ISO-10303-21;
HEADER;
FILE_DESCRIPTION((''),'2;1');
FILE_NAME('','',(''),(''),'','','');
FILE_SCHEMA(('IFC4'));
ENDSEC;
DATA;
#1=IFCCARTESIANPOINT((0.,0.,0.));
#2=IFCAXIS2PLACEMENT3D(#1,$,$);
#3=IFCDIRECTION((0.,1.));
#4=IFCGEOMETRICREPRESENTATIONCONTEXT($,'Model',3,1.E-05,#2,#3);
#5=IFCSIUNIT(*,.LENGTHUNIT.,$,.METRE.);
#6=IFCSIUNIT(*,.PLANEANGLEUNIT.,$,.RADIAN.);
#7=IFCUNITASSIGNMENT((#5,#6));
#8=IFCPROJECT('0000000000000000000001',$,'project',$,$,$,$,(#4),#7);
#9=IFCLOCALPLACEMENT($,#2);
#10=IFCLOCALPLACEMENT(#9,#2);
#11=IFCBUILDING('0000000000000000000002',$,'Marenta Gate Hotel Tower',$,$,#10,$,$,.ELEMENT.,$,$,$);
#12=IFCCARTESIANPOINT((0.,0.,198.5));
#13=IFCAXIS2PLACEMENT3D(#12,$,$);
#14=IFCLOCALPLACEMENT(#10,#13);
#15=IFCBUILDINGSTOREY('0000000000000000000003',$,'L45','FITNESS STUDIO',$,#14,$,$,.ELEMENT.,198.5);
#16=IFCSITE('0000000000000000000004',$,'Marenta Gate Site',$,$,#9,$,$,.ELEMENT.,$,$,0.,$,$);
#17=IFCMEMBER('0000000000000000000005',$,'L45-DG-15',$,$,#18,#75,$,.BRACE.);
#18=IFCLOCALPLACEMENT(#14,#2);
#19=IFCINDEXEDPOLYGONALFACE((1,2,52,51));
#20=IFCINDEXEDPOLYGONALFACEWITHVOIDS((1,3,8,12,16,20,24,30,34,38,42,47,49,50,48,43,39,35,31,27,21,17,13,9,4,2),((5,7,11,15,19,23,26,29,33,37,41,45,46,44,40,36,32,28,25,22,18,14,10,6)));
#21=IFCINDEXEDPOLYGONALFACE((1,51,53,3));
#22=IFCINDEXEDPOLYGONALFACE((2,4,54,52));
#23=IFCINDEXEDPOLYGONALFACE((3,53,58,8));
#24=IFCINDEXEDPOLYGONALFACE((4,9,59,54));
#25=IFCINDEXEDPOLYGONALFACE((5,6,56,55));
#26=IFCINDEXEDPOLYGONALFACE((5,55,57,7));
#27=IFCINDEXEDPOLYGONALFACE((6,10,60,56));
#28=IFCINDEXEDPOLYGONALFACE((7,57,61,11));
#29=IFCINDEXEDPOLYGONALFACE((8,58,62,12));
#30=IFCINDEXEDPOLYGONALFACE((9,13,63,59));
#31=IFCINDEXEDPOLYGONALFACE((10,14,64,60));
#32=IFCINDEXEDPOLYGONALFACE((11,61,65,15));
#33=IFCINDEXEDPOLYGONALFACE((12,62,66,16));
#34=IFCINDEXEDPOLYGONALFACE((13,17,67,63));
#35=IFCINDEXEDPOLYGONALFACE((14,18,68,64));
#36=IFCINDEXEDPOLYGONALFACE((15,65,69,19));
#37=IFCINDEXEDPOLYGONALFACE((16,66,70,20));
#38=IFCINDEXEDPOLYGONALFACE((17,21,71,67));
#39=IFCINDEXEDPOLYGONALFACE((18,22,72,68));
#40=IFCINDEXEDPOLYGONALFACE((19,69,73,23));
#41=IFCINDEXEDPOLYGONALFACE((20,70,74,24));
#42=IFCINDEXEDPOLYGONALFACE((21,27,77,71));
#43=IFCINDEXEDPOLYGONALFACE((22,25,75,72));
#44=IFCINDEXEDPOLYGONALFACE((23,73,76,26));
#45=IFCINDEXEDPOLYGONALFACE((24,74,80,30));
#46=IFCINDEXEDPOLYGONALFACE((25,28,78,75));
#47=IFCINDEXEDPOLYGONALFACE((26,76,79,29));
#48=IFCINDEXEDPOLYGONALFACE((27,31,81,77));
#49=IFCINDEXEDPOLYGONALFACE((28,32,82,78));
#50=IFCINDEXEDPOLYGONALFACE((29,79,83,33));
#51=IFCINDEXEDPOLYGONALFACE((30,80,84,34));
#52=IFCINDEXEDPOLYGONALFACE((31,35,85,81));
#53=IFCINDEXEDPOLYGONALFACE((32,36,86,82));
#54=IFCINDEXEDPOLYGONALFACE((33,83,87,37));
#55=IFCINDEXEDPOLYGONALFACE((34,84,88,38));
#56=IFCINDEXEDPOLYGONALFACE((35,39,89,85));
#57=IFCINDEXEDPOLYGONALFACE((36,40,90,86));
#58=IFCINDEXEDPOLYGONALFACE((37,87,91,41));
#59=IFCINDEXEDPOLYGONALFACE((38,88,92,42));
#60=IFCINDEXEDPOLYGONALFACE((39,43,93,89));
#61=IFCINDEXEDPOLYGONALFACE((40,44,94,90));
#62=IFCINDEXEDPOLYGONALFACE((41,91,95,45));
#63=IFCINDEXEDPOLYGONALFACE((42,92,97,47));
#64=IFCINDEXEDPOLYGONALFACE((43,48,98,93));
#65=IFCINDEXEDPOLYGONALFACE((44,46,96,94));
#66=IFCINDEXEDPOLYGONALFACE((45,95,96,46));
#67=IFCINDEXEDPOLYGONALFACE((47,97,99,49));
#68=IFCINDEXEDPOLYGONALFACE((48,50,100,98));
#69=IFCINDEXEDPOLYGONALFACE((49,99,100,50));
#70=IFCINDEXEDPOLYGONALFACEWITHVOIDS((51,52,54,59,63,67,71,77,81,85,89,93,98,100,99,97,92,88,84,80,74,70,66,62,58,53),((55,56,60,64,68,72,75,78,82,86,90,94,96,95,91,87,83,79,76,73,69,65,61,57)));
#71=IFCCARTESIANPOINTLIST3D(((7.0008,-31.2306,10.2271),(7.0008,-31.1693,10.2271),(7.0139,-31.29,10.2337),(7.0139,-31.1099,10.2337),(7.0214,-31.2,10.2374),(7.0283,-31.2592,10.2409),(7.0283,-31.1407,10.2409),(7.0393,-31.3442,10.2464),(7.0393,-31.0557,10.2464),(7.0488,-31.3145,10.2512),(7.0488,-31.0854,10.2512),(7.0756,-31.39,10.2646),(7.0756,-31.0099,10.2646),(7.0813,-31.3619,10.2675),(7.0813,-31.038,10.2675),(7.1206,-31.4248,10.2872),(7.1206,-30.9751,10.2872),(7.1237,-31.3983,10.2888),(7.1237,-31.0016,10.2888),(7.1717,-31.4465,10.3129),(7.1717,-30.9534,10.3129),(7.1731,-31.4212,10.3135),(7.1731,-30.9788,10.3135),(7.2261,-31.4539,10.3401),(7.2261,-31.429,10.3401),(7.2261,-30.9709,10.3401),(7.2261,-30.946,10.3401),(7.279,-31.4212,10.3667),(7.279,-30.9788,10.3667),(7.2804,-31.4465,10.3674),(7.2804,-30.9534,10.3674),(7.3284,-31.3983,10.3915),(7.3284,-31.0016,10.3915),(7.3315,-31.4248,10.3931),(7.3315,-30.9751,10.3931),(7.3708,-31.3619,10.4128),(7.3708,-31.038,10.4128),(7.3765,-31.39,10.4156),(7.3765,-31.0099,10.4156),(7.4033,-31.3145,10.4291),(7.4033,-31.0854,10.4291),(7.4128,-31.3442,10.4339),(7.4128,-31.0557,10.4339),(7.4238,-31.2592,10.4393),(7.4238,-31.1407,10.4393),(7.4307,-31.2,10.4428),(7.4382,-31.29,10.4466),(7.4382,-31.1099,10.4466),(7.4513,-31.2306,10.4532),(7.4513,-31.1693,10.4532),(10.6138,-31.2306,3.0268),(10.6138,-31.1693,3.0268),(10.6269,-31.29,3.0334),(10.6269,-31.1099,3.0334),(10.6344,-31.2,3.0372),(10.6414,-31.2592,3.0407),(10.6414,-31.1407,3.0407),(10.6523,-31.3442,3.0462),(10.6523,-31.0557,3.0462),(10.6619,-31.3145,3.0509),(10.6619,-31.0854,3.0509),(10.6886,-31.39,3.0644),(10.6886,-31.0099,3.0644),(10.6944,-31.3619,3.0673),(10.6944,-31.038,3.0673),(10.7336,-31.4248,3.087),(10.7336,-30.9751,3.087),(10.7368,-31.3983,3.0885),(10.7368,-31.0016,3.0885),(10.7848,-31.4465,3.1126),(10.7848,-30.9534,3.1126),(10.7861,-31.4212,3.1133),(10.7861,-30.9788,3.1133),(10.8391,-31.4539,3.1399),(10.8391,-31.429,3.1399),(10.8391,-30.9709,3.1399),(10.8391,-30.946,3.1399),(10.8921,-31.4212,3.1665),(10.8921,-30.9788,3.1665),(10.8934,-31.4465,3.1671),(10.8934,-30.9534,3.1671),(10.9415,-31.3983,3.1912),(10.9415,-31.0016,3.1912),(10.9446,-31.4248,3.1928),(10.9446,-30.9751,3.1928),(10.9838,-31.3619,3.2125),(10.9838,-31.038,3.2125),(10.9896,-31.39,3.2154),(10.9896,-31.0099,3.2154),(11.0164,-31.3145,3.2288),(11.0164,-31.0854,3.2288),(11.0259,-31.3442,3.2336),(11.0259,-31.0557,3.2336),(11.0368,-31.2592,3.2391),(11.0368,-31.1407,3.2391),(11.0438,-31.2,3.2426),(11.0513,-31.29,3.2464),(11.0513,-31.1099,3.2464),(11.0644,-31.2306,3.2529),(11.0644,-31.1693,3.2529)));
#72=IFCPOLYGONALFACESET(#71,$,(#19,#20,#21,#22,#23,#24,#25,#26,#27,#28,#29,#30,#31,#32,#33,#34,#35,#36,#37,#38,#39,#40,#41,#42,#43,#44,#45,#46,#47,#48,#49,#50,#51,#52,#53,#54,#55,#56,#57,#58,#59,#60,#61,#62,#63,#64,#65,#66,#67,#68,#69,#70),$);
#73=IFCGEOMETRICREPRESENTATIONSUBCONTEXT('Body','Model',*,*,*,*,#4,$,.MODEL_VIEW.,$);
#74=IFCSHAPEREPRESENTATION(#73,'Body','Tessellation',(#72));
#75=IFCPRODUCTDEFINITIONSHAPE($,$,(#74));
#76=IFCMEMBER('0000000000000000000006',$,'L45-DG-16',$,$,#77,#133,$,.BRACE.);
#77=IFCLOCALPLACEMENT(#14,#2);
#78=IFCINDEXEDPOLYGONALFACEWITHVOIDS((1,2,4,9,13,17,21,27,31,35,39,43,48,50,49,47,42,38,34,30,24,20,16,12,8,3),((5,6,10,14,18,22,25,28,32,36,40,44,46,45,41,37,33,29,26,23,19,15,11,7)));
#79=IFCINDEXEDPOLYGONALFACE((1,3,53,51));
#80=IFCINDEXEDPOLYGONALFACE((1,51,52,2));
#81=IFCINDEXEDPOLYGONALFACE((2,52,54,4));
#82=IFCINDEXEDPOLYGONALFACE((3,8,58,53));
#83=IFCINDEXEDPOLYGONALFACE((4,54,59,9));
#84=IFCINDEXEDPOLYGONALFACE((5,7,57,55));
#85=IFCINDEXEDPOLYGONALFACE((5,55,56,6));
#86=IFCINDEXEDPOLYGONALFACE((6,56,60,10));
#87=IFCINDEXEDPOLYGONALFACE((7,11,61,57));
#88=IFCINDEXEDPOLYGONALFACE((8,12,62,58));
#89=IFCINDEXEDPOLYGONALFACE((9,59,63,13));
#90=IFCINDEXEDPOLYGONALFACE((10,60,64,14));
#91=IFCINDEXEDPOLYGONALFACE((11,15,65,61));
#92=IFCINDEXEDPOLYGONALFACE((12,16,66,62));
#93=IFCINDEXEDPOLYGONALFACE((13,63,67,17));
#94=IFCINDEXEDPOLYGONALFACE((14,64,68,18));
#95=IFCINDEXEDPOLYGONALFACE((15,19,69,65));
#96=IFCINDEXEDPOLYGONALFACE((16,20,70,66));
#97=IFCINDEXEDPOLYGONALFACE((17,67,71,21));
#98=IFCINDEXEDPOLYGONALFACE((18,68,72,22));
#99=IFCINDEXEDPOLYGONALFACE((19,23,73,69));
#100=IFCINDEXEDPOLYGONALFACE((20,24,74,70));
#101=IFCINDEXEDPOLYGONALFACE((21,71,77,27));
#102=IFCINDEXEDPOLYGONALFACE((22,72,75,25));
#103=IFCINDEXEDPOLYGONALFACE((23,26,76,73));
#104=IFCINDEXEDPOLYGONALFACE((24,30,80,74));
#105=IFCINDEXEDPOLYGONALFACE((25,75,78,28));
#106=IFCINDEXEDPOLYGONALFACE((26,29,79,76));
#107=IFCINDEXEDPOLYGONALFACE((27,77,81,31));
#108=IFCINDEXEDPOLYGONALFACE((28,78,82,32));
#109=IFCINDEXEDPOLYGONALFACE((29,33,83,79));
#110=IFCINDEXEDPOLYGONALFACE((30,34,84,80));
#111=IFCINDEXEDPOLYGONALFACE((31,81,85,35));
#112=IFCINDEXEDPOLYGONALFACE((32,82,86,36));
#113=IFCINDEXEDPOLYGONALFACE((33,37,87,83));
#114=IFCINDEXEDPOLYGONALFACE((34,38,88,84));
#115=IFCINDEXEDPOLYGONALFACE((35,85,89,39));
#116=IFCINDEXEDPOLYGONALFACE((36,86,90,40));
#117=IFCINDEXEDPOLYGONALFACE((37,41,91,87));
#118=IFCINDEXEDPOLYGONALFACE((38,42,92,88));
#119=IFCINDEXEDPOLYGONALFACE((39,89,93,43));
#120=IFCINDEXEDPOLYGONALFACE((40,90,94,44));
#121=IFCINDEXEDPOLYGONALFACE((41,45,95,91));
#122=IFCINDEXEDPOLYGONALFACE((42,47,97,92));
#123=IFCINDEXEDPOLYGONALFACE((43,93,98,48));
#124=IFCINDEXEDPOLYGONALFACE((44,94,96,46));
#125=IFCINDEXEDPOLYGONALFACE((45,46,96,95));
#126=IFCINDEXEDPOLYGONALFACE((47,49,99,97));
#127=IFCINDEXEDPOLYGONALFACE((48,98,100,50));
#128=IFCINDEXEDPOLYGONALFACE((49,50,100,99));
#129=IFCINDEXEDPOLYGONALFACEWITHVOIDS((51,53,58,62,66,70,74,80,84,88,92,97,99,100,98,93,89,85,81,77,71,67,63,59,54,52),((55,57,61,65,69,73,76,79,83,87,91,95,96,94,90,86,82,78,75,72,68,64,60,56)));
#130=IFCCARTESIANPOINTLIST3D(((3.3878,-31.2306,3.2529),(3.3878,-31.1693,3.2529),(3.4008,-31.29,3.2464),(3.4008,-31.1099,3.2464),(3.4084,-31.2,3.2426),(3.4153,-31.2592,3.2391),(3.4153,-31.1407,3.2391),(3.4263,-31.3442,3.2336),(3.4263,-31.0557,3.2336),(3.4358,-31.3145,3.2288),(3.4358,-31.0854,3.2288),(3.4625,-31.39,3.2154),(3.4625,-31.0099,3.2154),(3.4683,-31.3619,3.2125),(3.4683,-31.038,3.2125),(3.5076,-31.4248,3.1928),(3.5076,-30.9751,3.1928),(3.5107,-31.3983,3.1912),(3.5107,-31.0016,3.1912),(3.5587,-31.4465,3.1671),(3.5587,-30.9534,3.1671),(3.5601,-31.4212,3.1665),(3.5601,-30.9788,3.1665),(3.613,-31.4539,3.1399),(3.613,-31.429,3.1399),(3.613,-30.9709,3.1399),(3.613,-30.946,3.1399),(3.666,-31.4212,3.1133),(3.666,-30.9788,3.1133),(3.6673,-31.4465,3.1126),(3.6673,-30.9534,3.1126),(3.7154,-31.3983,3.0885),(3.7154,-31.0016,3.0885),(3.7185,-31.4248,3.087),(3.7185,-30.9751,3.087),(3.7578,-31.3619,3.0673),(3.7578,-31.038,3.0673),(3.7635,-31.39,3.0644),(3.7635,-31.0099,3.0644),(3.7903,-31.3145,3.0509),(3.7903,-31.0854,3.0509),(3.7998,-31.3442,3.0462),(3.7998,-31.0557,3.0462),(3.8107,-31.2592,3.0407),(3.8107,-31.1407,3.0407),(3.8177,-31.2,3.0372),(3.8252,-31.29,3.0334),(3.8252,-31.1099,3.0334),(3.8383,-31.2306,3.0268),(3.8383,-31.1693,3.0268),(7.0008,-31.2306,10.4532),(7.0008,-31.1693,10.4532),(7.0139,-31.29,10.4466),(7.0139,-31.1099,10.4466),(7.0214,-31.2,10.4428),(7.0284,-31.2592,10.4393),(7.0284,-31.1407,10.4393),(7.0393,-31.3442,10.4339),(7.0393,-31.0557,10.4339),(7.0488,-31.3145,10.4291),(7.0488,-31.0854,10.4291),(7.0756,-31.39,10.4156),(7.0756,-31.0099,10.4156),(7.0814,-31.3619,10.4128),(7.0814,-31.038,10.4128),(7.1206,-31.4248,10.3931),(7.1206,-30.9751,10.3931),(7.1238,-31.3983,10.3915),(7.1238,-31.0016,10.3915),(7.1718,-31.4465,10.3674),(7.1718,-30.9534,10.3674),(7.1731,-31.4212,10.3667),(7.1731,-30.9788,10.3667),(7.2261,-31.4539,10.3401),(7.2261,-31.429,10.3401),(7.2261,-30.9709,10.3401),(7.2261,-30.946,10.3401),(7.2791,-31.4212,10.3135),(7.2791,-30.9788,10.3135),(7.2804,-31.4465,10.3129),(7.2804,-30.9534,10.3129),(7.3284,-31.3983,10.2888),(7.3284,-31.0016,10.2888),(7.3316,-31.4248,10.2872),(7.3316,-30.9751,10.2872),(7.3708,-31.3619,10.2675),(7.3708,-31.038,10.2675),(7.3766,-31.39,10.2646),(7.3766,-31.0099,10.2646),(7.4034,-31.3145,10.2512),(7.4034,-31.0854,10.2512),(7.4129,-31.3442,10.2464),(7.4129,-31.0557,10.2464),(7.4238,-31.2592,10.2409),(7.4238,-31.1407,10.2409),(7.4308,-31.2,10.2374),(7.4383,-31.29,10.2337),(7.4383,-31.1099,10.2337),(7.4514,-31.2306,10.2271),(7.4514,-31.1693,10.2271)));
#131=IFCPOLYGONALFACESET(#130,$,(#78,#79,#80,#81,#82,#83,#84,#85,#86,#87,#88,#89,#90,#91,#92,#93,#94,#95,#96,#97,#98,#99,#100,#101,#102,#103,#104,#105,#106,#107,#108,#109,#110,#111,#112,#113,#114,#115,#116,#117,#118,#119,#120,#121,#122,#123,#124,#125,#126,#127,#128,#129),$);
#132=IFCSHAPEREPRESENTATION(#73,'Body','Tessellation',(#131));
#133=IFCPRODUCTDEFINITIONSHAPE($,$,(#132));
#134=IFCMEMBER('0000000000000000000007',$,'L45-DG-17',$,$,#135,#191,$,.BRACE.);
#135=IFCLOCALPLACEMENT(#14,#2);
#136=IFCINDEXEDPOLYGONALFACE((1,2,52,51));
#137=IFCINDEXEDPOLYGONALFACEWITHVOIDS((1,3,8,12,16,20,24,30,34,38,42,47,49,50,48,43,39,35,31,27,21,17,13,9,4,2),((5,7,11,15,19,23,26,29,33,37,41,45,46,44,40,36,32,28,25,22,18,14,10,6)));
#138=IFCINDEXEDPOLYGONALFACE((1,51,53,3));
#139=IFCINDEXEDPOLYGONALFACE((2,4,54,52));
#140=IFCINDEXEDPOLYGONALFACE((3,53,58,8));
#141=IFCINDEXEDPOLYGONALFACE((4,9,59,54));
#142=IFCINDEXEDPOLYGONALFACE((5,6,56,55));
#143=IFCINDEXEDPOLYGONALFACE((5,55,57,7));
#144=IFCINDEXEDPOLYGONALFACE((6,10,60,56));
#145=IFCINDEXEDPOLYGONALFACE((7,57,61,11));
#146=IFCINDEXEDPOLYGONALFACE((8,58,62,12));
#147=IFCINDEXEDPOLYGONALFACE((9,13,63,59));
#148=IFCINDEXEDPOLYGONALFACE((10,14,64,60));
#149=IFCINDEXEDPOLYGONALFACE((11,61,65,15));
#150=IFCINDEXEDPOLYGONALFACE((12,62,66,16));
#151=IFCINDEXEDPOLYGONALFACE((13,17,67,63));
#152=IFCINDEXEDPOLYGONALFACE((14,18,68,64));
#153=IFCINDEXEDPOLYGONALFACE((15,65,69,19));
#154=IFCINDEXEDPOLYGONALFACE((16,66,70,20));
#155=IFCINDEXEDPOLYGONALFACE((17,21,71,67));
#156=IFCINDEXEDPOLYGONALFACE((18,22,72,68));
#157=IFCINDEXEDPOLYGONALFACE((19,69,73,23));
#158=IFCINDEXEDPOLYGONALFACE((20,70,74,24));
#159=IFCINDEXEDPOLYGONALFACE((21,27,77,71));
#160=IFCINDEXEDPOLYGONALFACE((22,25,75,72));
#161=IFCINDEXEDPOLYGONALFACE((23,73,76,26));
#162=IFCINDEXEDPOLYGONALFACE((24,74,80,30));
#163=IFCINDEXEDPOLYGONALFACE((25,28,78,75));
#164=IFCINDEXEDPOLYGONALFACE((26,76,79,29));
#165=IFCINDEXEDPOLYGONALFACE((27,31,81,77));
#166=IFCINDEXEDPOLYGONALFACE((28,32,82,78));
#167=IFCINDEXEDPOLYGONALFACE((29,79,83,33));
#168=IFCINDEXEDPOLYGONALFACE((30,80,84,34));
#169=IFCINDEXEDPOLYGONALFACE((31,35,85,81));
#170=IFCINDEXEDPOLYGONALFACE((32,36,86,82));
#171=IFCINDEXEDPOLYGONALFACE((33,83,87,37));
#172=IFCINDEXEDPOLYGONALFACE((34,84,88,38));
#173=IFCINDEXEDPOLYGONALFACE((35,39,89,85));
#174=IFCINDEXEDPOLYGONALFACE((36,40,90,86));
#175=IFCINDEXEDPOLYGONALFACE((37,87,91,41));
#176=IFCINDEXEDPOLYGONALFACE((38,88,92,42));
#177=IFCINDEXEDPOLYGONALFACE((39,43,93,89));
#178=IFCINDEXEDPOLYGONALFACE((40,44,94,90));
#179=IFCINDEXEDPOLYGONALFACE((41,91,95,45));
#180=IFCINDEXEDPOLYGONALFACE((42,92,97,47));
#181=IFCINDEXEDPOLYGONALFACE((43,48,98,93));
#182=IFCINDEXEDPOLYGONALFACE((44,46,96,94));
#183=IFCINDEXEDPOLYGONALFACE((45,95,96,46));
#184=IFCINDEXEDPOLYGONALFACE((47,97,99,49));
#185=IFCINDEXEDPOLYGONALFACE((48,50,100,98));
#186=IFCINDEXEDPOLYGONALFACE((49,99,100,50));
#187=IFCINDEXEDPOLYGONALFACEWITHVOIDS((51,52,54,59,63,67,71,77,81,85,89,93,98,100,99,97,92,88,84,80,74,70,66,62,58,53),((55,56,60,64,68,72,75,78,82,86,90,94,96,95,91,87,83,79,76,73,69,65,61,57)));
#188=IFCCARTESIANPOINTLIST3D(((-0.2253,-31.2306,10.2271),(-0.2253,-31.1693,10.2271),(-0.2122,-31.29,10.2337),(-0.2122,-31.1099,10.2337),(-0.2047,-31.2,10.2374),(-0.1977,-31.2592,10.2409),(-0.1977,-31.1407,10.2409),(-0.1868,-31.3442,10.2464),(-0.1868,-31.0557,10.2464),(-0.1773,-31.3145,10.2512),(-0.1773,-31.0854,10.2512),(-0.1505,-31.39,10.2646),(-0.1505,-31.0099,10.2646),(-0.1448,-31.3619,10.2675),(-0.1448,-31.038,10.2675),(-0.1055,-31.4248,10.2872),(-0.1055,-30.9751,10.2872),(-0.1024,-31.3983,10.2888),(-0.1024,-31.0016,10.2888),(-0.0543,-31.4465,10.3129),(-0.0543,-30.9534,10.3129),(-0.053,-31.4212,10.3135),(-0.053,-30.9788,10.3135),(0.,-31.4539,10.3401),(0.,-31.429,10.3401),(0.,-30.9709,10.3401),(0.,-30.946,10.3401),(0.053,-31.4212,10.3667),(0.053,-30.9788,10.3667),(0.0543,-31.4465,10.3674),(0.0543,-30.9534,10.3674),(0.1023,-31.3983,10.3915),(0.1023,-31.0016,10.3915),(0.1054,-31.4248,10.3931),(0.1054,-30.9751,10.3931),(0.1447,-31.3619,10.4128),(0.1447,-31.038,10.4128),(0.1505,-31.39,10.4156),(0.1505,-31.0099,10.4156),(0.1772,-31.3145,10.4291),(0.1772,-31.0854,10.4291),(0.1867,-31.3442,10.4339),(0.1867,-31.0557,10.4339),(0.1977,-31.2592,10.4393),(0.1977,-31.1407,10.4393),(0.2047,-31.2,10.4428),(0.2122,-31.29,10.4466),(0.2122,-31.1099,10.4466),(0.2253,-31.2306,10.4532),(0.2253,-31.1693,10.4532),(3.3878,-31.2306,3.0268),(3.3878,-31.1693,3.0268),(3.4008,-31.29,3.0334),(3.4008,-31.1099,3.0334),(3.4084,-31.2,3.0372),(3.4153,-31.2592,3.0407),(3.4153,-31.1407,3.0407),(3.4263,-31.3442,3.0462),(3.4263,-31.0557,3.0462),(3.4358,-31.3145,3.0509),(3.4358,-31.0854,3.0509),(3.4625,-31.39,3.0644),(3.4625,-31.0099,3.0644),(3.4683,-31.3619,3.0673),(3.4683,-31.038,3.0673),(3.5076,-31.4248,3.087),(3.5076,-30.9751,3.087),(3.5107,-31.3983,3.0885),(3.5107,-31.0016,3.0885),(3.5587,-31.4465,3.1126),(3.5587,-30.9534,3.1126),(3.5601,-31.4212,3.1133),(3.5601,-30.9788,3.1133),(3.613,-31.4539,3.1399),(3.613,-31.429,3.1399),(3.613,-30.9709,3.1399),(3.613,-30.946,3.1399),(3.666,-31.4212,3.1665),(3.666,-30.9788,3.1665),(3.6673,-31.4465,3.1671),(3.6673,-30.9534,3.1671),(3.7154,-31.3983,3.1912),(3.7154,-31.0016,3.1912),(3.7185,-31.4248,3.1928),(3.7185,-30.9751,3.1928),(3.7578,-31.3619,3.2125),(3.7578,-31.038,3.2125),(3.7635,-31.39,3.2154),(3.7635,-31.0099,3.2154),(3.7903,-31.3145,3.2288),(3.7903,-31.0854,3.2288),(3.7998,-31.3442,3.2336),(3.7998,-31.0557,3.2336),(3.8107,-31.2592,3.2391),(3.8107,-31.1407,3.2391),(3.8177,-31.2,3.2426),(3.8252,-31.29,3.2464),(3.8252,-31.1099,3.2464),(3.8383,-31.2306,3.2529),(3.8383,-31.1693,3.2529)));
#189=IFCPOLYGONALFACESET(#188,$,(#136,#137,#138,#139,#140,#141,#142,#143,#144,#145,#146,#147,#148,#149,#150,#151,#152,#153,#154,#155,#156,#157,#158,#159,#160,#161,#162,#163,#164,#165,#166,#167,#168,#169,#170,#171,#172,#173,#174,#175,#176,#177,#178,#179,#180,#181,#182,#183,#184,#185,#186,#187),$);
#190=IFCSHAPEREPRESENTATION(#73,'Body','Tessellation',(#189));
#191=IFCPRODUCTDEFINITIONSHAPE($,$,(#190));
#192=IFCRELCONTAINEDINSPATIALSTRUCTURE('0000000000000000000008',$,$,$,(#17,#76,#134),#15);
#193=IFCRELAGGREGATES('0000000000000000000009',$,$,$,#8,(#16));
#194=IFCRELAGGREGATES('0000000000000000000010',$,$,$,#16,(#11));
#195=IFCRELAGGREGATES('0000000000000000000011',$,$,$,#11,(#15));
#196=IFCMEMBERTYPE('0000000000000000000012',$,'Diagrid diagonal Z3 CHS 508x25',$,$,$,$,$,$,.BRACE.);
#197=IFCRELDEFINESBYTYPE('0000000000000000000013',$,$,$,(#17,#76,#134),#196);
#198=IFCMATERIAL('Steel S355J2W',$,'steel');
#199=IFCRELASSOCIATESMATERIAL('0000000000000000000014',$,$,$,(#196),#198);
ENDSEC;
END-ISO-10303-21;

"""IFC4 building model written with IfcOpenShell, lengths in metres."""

from ifc_helpers import new_model, si_unit, direction, frame, origin, origin_2d, place, context, subcontext, project, spatial, hollow_circle, extrude, material, material_profile, profile_set, type_object, element, save


model = new_model("IFC4")

# Units and contexts
model_context = context("Model", 3, precision=1e-05, world=origin(), true_north=direction((0.0, 1.0)))
body_context = subcontext(model_context, "Body", "Model", "MODEL_VIEW")
ifc_project = project(units=[si_unit("LENGTHUNIT", "METRE"), si_unit("PLANEANGLEUNIT", "RADIAN")], contexts=[model_context])

# Site, building, storey
site_placement = place(None, origin())
site = spatial("IfcSite", under=ifc_project, at=site_placement, Name="Marenta Gate Site", CompositionType="ELEMENT", RefElevation=0.0)
building_placement = place(site_placement, origin())
building = spatial("IfcBuilding", under=site, at=building_placement, Name="Marenta Gate Hotel Tower", CompositionType="ELEMENT")
storey_placement = place(building_placement, frame((0.0, 0.0, 198.5)))
storey = spatial("IfcBuildingStorey", under=building, at=storey_placement, Name="L45", Description="FITNESS STUDIO", CompositionType="ELEMENT", Elevation=198.5)

# Members
ifc_material_1 = material(Name="Steel S355J2W", Category="steel")
ifc_material_profile_1 = material_profile(ifc_material_1, hollow_circle(Radius=0.2539, WallThickness=0.0249, at=origin_2d()), Name="CHS 508x25")
ifc_profile_set_1 = profile_set([ifc_material_profile_1], Name="Steel S355J2W")
member_type_1 = type_object("IfcMemberType", Name="Diagrid diagonal Z3 CHS 508x25", PredefinedType="BRACE", material=ifc_profile_set_1)
for number, where, z_axis, x_axis, name in (
    (1, (10.8391, -31.2, 3.1399), (-0.448498, 0.0, 0.893784), (0.0, -1.0, 0.0), "L45-DG-15"),
    (2, (3.613, -31.2, 3.1399), (0.448498, 0.0, 0.893784), (0.0, 1.0, 0.0), "L45-DG-16"),
    (3, (3.613, -31.2, 3.1399), (-0.448498, 0.0, 0.893784), (0.0, -1.0, 0.0), "L45-DG-17"),
):
    element("IfcMember", number, at=place(storey_placement, frame(where, z_axis=z_axis, x_axis=x_axis)), inside=storey, type_object=member_type_1, Name=name, PredefinedType="BRACE", context=body_context, shape_type="SweptSolid", body=[
        extrude(hollow_circle(Radius=0.2539, WallThickness=0.0249, at=origin_2d()), origin(), (0.0, 0.0, 1.0), 8.0559),
    ])

save(model, "model.ifc")
